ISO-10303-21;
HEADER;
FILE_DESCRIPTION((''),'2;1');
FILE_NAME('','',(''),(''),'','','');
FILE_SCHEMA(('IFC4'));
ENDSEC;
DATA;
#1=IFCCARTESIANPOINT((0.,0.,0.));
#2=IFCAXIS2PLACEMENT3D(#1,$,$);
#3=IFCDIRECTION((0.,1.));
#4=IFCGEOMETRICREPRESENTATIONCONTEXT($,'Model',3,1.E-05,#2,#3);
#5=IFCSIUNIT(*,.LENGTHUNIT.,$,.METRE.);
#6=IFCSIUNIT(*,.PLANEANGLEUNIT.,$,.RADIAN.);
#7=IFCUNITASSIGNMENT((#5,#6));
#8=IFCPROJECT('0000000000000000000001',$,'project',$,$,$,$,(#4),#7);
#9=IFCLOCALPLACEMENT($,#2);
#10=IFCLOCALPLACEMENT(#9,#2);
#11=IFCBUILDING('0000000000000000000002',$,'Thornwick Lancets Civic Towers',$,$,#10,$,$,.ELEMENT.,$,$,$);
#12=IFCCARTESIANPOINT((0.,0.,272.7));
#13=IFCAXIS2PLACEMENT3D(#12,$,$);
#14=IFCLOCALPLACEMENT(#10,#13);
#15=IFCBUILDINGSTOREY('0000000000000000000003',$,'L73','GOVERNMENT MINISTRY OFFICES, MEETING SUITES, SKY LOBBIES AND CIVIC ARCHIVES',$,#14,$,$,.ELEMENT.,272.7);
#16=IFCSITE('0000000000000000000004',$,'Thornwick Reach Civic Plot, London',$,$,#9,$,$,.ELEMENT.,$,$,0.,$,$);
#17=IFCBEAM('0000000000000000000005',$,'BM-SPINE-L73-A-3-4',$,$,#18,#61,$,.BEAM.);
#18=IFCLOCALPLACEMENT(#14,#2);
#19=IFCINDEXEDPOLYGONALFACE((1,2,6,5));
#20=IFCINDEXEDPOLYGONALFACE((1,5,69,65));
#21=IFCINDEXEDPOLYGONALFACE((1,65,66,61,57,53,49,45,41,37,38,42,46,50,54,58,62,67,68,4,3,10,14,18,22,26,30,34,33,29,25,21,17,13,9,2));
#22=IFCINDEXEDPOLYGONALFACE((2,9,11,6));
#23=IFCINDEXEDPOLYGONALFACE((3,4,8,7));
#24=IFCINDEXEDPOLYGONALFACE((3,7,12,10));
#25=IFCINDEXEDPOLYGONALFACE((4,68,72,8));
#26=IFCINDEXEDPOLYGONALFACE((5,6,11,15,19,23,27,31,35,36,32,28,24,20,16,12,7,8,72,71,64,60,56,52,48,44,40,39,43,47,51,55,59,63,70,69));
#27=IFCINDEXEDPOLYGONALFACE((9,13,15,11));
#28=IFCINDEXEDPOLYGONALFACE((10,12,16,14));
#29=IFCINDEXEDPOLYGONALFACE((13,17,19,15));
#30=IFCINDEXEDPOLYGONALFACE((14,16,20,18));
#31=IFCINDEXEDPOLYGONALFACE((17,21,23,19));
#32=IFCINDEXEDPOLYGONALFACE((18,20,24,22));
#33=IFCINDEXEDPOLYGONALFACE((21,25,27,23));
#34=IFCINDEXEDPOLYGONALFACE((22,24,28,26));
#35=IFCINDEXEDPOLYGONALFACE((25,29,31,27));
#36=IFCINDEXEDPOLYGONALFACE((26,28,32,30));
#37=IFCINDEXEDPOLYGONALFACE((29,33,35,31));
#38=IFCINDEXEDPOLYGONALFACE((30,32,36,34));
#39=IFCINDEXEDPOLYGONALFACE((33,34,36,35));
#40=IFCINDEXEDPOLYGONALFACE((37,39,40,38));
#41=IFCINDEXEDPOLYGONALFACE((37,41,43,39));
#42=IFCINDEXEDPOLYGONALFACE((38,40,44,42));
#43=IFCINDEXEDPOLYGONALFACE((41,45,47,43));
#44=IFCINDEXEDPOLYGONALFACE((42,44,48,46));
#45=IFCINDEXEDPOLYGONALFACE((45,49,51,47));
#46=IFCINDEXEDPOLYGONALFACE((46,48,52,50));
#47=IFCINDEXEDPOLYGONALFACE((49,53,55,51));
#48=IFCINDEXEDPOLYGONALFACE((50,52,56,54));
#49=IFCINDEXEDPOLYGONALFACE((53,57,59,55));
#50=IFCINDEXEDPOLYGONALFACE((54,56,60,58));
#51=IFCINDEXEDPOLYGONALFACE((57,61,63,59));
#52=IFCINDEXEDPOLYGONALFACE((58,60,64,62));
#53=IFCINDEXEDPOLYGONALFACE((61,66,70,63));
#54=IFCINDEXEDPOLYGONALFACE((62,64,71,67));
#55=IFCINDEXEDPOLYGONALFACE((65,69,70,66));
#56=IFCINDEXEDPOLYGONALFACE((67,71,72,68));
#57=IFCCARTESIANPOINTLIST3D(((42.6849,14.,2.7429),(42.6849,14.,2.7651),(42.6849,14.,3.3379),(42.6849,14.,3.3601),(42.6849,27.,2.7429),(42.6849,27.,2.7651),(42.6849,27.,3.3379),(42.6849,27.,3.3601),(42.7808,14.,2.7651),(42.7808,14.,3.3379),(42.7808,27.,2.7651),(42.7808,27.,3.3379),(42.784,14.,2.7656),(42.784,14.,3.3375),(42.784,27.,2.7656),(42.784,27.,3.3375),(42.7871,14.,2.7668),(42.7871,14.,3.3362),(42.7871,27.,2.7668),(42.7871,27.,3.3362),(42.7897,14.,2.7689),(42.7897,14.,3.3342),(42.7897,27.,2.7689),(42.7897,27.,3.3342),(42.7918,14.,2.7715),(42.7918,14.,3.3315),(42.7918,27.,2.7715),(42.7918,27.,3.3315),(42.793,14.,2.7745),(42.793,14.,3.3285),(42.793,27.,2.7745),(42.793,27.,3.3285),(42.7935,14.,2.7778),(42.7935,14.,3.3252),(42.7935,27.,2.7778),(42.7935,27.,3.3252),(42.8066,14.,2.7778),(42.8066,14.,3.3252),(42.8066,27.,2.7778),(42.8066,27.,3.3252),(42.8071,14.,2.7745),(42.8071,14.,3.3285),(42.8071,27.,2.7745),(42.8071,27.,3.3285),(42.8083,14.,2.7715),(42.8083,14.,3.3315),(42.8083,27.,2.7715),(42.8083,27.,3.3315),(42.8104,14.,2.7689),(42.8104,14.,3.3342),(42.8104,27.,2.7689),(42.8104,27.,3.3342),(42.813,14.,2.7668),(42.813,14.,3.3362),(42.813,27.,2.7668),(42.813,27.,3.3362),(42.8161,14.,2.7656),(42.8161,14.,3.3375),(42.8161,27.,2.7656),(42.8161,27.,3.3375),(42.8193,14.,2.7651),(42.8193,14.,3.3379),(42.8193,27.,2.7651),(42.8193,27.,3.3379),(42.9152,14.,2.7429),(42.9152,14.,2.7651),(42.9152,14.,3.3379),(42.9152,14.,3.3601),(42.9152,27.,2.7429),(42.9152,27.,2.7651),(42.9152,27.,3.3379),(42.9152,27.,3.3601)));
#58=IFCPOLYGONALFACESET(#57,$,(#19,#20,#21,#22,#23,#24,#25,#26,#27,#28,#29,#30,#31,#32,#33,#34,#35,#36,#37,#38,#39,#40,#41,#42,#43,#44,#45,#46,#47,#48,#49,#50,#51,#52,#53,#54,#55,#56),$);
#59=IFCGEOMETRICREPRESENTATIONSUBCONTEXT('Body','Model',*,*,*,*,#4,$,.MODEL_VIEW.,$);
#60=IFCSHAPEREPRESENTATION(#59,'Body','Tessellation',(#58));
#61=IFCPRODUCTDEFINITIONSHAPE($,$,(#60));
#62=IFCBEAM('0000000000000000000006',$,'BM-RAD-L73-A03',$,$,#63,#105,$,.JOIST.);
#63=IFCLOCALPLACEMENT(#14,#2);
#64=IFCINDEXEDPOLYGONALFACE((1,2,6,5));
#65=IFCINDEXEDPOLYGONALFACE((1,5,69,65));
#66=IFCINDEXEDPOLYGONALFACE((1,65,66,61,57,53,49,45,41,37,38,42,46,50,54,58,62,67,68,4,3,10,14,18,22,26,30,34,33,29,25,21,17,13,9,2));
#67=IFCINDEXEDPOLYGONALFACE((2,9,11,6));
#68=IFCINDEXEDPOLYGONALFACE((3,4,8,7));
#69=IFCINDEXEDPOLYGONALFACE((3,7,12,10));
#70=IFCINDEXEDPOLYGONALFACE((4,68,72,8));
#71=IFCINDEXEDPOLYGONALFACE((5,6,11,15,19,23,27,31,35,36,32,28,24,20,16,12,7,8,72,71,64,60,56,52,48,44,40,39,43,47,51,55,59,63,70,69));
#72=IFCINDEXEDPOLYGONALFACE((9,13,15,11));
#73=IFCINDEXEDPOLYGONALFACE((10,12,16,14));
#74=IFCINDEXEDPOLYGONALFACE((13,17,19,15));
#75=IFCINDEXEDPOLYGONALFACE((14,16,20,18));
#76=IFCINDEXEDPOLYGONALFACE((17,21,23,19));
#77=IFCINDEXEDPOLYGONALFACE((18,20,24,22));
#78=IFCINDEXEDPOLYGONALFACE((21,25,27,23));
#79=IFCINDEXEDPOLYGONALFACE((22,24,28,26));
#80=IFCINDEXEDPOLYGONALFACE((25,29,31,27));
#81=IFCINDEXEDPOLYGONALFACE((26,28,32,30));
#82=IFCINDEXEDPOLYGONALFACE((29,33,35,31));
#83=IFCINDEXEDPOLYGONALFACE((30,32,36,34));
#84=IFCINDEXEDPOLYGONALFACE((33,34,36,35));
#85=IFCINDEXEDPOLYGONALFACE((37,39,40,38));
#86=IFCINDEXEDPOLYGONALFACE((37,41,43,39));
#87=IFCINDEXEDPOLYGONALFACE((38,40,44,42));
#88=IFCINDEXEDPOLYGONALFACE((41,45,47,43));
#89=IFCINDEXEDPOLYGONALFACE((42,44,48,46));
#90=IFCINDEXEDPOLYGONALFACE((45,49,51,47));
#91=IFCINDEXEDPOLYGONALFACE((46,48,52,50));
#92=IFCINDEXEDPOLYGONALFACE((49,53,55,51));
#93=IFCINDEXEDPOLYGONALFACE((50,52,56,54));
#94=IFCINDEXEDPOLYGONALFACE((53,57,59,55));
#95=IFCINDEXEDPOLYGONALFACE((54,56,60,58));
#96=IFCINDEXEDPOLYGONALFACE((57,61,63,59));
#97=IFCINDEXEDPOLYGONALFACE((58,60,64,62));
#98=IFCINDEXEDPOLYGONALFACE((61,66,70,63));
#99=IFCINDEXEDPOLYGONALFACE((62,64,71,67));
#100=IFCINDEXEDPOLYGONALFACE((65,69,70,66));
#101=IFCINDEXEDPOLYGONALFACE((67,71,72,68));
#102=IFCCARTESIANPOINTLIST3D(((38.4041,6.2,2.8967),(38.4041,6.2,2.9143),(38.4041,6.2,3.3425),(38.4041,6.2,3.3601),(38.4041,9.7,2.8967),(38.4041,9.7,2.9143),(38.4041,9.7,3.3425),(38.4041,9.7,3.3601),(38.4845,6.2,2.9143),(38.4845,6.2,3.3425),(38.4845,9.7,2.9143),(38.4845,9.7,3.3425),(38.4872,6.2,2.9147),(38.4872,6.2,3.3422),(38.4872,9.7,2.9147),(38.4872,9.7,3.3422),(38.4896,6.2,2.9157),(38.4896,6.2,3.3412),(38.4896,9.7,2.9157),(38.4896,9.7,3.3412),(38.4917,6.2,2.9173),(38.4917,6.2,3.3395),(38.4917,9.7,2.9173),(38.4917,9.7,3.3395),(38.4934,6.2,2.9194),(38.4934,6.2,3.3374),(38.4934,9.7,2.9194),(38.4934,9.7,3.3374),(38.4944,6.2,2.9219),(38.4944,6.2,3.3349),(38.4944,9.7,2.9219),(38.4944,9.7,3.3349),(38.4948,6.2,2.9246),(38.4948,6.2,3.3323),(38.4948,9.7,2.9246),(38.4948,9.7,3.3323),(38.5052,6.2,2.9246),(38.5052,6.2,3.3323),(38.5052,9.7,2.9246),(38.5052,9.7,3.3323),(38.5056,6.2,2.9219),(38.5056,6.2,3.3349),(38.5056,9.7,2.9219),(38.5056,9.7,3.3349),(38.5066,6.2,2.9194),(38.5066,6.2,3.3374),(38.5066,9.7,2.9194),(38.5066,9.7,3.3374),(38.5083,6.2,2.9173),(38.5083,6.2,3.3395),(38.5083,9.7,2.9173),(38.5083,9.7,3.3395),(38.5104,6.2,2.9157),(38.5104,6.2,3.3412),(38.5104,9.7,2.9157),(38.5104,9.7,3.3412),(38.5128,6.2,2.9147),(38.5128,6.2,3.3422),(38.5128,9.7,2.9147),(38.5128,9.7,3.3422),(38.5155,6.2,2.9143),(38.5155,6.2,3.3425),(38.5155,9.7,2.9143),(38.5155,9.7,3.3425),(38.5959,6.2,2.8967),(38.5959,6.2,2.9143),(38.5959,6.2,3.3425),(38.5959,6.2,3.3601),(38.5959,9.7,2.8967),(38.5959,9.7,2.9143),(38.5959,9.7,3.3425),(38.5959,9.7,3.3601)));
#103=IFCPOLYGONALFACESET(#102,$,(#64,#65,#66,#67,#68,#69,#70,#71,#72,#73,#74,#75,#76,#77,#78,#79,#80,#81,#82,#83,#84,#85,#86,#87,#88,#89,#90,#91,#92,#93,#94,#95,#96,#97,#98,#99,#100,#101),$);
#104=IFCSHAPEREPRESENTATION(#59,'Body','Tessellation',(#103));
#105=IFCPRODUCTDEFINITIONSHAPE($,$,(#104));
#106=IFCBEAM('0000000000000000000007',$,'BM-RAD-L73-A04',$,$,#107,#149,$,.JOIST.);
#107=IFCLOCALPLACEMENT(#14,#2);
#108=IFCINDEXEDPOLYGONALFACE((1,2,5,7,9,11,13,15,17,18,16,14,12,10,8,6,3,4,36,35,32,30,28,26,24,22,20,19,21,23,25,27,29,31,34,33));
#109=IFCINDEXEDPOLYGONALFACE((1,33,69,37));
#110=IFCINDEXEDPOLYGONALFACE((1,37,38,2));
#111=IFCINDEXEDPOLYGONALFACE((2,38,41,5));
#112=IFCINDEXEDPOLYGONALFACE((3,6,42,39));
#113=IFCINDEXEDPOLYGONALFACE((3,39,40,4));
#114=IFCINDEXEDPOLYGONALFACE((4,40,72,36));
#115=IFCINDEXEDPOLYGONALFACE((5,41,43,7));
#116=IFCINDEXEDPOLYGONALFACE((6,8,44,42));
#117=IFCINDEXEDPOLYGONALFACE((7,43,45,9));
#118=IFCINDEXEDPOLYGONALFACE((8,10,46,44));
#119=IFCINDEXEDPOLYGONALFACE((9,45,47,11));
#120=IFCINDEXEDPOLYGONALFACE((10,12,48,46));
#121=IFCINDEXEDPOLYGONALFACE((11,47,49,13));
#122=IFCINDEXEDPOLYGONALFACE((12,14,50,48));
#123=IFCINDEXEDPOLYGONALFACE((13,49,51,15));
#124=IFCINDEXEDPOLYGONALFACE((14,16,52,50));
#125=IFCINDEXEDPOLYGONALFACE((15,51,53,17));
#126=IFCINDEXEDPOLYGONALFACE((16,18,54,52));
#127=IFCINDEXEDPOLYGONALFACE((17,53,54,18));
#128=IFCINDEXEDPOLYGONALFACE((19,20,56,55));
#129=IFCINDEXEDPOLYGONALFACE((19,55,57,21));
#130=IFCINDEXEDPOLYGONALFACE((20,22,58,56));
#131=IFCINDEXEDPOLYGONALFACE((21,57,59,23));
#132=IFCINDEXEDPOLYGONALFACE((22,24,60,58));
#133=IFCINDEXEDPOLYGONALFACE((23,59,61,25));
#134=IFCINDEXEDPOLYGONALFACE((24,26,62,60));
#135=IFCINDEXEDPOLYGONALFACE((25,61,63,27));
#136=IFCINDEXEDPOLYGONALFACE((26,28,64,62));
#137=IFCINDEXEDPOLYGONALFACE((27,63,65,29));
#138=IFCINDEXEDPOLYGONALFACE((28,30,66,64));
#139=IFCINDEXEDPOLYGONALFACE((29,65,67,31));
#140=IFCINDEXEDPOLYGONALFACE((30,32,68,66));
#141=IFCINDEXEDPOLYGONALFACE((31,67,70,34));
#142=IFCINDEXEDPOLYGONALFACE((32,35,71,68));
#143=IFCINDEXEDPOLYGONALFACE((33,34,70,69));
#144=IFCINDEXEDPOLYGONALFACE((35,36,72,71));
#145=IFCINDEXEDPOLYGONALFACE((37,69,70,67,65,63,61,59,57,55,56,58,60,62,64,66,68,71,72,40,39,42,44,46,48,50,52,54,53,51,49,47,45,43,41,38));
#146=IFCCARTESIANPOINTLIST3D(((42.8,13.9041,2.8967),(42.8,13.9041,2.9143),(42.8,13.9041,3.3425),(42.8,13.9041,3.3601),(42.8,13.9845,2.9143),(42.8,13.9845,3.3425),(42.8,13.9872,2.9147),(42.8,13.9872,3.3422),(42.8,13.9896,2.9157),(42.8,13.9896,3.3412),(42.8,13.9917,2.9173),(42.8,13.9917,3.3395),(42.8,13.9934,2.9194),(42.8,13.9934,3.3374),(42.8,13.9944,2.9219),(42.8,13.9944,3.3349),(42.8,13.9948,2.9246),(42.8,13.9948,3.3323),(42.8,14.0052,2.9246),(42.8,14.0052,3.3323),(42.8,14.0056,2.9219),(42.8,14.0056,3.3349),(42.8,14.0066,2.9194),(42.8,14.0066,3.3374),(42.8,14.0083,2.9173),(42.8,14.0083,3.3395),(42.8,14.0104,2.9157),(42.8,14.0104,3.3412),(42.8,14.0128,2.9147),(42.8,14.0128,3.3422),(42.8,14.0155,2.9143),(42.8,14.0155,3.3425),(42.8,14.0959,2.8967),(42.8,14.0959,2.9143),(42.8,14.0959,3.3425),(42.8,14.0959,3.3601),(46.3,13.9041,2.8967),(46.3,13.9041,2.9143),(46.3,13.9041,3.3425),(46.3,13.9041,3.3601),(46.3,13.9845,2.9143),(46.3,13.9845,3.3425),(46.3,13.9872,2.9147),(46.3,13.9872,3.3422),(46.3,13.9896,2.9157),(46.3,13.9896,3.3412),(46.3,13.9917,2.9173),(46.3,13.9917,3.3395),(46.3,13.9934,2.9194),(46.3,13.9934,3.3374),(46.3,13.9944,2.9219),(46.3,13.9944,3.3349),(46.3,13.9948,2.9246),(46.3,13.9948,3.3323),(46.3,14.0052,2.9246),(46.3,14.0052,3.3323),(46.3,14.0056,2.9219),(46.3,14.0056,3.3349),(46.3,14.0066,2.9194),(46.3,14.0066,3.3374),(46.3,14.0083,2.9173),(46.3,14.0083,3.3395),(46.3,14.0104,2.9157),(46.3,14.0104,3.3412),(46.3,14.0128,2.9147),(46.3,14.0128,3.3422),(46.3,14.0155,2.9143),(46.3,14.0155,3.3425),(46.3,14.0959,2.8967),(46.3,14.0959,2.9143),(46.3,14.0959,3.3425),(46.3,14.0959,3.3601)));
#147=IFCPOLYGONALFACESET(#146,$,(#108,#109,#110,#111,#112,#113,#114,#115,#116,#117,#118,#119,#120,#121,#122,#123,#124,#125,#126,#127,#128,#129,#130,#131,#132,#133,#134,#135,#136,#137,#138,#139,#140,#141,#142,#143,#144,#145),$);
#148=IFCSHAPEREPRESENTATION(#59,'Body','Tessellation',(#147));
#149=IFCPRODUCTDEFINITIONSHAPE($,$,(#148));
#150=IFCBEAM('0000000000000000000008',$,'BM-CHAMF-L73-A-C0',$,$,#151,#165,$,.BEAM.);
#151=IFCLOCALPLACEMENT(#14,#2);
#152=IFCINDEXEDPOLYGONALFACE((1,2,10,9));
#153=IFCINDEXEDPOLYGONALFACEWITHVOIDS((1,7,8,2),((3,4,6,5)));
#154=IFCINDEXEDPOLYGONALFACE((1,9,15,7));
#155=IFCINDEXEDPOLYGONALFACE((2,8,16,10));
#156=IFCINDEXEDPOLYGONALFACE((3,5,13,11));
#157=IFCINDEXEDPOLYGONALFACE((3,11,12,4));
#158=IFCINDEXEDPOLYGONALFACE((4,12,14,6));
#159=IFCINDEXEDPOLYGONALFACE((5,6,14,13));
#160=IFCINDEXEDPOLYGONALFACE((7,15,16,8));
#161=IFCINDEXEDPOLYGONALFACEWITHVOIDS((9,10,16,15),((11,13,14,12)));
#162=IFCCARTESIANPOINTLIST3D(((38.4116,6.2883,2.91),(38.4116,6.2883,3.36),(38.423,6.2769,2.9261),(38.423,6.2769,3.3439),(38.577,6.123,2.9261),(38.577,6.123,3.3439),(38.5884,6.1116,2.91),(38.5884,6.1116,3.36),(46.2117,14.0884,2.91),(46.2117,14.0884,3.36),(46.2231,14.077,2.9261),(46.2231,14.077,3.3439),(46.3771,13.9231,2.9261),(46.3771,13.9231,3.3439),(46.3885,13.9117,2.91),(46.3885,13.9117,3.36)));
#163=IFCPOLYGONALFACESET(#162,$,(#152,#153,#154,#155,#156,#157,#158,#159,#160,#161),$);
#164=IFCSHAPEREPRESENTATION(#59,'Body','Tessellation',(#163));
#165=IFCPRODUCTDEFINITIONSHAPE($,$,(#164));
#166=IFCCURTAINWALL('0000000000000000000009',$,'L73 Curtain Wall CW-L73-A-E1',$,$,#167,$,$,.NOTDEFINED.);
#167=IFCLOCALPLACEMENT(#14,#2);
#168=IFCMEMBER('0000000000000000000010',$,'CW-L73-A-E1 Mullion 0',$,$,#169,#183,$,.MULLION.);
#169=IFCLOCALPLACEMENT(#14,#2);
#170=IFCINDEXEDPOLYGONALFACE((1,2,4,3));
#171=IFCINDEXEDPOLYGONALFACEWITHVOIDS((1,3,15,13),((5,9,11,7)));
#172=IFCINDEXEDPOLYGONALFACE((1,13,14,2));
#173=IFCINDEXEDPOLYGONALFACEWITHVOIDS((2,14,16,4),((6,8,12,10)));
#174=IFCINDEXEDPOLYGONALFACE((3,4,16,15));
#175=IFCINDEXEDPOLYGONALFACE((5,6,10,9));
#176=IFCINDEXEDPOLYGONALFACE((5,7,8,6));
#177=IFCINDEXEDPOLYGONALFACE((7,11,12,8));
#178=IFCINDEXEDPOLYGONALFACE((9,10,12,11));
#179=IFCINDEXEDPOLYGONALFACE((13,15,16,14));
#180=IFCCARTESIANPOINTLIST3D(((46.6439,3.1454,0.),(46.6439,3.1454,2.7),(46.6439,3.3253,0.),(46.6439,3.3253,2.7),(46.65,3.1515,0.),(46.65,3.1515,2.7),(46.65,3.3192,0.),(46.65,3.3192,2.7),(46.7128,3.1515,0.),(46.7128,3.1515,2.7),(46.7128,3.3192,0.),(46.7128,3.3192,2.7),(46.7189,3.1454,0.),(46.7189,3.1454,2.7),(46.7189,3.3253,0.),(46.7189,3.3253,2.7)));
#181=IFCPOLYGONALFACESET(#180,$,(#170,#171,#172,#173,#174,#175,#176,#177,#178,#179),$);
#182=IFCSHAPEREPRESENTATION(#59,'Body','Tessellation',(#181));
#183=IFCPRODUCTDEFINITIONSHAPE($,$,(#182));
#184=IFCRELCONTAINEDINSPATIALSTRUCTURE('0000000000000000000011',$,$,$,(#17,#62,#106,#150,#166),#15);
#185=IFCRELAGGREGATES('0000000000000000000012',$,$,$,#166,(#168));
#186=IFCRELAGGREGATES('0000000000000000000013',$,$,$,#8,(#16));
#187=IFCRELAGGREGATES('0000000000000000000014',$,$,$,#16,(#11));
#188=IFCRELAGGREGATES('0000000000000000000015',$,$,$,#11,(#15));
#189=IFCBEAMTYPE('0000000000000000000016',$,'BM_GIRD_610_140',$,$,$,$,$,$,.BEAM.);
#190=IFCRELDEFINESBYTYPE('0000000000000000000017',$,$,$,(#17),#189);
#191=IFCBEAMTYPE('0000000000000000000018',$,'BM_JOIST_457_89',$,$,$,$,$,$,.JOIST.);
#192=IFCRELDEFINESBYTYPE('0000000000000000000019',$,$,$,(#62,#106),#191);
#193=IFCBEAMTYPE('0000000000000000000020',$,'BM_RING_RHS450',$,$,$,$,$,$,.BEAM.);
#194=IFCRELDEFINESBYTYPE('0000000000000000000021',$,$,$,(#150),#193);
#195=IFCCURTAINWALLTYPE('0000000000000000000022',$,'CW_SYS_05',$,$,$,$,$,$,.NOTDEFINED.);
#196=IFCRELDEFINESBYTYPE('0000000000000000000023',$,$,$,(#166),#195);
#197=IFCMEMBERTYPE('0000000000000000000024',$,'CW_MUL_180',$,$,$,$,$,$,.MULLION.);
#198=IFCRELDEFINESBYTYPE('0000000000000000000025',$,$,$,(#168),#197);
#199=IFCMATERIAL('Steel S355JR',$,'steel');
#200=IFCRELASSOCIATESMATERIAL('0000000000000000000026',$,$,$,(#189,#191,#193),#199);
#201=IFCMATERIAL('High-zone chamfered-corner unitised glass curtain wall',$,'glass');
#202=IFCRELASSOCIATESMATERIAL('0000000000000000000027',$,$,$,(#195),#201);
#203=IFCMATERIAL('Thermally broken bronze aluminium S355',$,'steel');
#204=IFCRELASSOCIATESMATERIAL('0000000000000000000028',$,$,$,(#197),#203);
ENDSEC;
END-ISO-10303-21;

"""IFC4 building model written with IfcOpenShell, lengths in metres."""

from ifc_helpers import new_model, si_unit, direction, frame, origin, origin_2d, place, context, subcontext, project, spatial, hollow_rectangle, i_section, extrude, material, material_profile, profile_set, type_object, element, aggregate, save


model = new_model("IFC4")

# Units and contexts
model_context = context("Model", 3, precision=1e-05, world=origin(), true_north=direction((0.0, 1.0)))
body_context = subcontext(model_context, "Body", "Model", "MODEL_VIEW")
ifc_project = project(units=[si_unit("LENGTHUNIT", "METRE"), si_unit("PLANEANGLEUNIT", "RADIAN")], contexts=[model_context])

# Site, building, storey
site_placement = place(None, origin())
site = spatial("IfcSite", under=ifc_project, at=site_placement, Name="Thornwick Reach Civic Plot, London", CompositionType="ELEMENT", RefElevation=0.0)
building_placement = place(site_placement, origin())
building = spatial("IfcBuilding", under=site, at=building_placement, Name="Thornwick Lancets Civic Towers", CompositionType="ELEMENT")
storey_placement = place(building_placement, frame((0.0, 0.0, 272.7)))
storey = spatial("IfcBuildingStorey", under=building, at=storey_placement, Name="L73", Description="GOVERNMENT MINISTRY OFFICES, MEETING SUITES, SKY LOBBIES AND CIVIC ARCHIVES", CompositionType="ELEMENT", Elevation=272.7)

# Shared definitions
ifc_material_1 = material(Name="Steel S355JR", Category="steel")

# Beams
ifc_material_profile_1 = material_profile(ifc_material_1, i_section(OverallWidth=0.2302, OverallDepth=0.6172, WebThickness=0.0132, FlangeThickness=0.0222, FilletRadius=0.0127, at=origin_2d()), Name="UKB 610x229x140")
ifc_profile_set_1 = profile_set([ifc_material_profile_1], Name="Steel S355JR")
beam_type_1 = type_object("IfcBeamType", Name="BM_GIRD_610_140", PredefinedType="BEAM", material=ifc_profile_set_1)
beam_1_placement = place(storey_placement, frame((42.8, 14.0, 3.0515), z_axis=(0.0, 1.0, 0.0), x_axis=(-1.0, 0.0, 0.0)))
element("IfcBeam", 1, at=beam_1_placement, inside=storey, type_object=beam_type_1, Name="BM-SPINE-L73-A-3-4", PredefinedType="BEAM", context=body_context, shape_type="SweptSolid", body=[
    extrude(i_section(OverallWidth=0.2302, OverallDepth=0.6172, WebThickness=0.0132, FlangeThickness=0.0222, FilletRadius=0.0127, at=origin_2d()), origin(), (0.0, 0.0, 1.0), 13.0),
])
ifc_material_profile_2 = material_profile(ifc_material_1, i_section(OverallWidth=0.1919, OverallDepth=0.4634, WebThickness=0.0105, FlangeThickness=0.0176, FilletRadius=0.0103, at=origin_2d()), Name="UKB 457x191x89")
ifc_profile_set_2 = profile_set([ifc_material_profile_2], Name="Steel S355JR")
beam_type_2 = type_object("IfcBeamType", Name="BM_JOIST_457_89", PredefinedType="JOIST", material=ifc_profile_set_2)
for number, where, z_axis, x_axis, name in (
    (2, (38.5, 9.7, 3.1284), (0.0, -1.0, 0.0), (1.0, 0.0, 0.0), "BM-RAD-L73-A03"),
    (3, (42.8, 14.0, 3.1284), (1.0, 0.0, 0.0), (0.0, 1.0, 0.0), "BM-RAD-L73-A04"),
):
    element("IfcBeam", number, at=place(storey_placement, frame(where, z_axis=z_axis, x_axis=x_axis)), inside=storey, type_object=beam_type_2, Name=name, PredefinedType="JOIST", context=body_context, shape_type="SweptSolid", body=[
        extrude(i_section(OverallWidth=0.1919, OverallDepth=0.4634, WebThickness=0.0105, FlangeThickness=0.0176, FilletRadius=0.0103, at=origin_2d()), origin(), (0.0, 0.0, 1.0), 3.5),
    ])
ifc_material_profile_3 = material_profile(ifc_material_1, hollow_rectangle(XDim=0.25, YDim=0.45, WallThickness=0.0161, at=origin_2d()), Name="RHS 450x250x16")
ifc_profile_set_3 = profile_set([ifc_material_profile_3], Name="Steel S355JR")
beam_type_3 = type_object("IfcBeamType", Name="BM_RING_RHS450", PredefinedType="BEAM", material=ifc_profile_set_3)
beam_2_placement = place(storey_placement, frame((38.5, 6.2, 3.135), z_axis=(0.707107, 0.707107, 0.0), x_axis=(-0.707107, 0.707107, 0.0)))
element("IfcBeam", 4, at=beam_2_placement, inside=storey, type_object=beam_type_3, Name="BM-CHAMF-L73-A-C0", PredefinedType="BEAM", context=body_context, shape_type="SweptSolid", body=[
    extrude(hollow_rectangle(XDim=0.25, YDim=0.45, WallThickness=0.0161, at=origin_2d()), origin(), (0.0, 0.0, 1.0), 11.031),
])

# Curtain wall, member
ifc_material_2 = material(Name="High-zone chamfered-corner unitised glass curtain wall", Category="glass")
curtain_wall_type = type_object("IfcCurtainWallType", Name="CW_SYS_05", PredefinedType="NOTDEFINED", material=ifc_material_2)
curtain_wall_placement = place(storey_placement, origin())
curtain_wall = element("IfcCurtainWall", 5, at=curtain_wall_placement, inside=storey, type_object=curtain_wall_type, Name="L73 Curtain Wall CW-L73-A-E1", PredefinedType="NOTDEFINED")
ifc_material_3 = material(Name="Thermally broken bronze aluminium S355", Category="steel")
ifc_material_profile_4 = material_profile(ifc_material_3, hollow_rectangle(XDim=0.075, YDim=0.1799, WallThickness=0.0061, at=origin_2d()), Name="RHS 180x75x6")
ifc_profile_set_4 = profile_set([ifc_material_profile_4], Name="Thermally broken bronze aluminium S355")
member_type_1 = type_object("IfcMemberType", Name="CW_MUL_180", PredefinedType="MULLION", material=ifc_profile_set_4)
member_1_placement = place(storey_placement, frame((46.6814, 3.2354, 0.0), z_axis=(0.0, 0.0, 1.0), x_axis=(1.0, 0.0, 0.0)))
member_1 = element("IfcMember", 6, at=member_1_placement, type_object=member_type_1, Name="CW-L73-A-E1 Mullion 0", PredefinedType="MULLION", context=body_context, shape_type="SweptSolid", body=[
    extrude(hollow_rectangle(XDim=0.075, YDim=0.1799, WallThickness=0.0061, at=origin_2d()), origin(), (0.0, 0.0, 1.0), 2.7),
])
aggregate(curtain_wall, [member_1])

save(model, "model.ifc")
